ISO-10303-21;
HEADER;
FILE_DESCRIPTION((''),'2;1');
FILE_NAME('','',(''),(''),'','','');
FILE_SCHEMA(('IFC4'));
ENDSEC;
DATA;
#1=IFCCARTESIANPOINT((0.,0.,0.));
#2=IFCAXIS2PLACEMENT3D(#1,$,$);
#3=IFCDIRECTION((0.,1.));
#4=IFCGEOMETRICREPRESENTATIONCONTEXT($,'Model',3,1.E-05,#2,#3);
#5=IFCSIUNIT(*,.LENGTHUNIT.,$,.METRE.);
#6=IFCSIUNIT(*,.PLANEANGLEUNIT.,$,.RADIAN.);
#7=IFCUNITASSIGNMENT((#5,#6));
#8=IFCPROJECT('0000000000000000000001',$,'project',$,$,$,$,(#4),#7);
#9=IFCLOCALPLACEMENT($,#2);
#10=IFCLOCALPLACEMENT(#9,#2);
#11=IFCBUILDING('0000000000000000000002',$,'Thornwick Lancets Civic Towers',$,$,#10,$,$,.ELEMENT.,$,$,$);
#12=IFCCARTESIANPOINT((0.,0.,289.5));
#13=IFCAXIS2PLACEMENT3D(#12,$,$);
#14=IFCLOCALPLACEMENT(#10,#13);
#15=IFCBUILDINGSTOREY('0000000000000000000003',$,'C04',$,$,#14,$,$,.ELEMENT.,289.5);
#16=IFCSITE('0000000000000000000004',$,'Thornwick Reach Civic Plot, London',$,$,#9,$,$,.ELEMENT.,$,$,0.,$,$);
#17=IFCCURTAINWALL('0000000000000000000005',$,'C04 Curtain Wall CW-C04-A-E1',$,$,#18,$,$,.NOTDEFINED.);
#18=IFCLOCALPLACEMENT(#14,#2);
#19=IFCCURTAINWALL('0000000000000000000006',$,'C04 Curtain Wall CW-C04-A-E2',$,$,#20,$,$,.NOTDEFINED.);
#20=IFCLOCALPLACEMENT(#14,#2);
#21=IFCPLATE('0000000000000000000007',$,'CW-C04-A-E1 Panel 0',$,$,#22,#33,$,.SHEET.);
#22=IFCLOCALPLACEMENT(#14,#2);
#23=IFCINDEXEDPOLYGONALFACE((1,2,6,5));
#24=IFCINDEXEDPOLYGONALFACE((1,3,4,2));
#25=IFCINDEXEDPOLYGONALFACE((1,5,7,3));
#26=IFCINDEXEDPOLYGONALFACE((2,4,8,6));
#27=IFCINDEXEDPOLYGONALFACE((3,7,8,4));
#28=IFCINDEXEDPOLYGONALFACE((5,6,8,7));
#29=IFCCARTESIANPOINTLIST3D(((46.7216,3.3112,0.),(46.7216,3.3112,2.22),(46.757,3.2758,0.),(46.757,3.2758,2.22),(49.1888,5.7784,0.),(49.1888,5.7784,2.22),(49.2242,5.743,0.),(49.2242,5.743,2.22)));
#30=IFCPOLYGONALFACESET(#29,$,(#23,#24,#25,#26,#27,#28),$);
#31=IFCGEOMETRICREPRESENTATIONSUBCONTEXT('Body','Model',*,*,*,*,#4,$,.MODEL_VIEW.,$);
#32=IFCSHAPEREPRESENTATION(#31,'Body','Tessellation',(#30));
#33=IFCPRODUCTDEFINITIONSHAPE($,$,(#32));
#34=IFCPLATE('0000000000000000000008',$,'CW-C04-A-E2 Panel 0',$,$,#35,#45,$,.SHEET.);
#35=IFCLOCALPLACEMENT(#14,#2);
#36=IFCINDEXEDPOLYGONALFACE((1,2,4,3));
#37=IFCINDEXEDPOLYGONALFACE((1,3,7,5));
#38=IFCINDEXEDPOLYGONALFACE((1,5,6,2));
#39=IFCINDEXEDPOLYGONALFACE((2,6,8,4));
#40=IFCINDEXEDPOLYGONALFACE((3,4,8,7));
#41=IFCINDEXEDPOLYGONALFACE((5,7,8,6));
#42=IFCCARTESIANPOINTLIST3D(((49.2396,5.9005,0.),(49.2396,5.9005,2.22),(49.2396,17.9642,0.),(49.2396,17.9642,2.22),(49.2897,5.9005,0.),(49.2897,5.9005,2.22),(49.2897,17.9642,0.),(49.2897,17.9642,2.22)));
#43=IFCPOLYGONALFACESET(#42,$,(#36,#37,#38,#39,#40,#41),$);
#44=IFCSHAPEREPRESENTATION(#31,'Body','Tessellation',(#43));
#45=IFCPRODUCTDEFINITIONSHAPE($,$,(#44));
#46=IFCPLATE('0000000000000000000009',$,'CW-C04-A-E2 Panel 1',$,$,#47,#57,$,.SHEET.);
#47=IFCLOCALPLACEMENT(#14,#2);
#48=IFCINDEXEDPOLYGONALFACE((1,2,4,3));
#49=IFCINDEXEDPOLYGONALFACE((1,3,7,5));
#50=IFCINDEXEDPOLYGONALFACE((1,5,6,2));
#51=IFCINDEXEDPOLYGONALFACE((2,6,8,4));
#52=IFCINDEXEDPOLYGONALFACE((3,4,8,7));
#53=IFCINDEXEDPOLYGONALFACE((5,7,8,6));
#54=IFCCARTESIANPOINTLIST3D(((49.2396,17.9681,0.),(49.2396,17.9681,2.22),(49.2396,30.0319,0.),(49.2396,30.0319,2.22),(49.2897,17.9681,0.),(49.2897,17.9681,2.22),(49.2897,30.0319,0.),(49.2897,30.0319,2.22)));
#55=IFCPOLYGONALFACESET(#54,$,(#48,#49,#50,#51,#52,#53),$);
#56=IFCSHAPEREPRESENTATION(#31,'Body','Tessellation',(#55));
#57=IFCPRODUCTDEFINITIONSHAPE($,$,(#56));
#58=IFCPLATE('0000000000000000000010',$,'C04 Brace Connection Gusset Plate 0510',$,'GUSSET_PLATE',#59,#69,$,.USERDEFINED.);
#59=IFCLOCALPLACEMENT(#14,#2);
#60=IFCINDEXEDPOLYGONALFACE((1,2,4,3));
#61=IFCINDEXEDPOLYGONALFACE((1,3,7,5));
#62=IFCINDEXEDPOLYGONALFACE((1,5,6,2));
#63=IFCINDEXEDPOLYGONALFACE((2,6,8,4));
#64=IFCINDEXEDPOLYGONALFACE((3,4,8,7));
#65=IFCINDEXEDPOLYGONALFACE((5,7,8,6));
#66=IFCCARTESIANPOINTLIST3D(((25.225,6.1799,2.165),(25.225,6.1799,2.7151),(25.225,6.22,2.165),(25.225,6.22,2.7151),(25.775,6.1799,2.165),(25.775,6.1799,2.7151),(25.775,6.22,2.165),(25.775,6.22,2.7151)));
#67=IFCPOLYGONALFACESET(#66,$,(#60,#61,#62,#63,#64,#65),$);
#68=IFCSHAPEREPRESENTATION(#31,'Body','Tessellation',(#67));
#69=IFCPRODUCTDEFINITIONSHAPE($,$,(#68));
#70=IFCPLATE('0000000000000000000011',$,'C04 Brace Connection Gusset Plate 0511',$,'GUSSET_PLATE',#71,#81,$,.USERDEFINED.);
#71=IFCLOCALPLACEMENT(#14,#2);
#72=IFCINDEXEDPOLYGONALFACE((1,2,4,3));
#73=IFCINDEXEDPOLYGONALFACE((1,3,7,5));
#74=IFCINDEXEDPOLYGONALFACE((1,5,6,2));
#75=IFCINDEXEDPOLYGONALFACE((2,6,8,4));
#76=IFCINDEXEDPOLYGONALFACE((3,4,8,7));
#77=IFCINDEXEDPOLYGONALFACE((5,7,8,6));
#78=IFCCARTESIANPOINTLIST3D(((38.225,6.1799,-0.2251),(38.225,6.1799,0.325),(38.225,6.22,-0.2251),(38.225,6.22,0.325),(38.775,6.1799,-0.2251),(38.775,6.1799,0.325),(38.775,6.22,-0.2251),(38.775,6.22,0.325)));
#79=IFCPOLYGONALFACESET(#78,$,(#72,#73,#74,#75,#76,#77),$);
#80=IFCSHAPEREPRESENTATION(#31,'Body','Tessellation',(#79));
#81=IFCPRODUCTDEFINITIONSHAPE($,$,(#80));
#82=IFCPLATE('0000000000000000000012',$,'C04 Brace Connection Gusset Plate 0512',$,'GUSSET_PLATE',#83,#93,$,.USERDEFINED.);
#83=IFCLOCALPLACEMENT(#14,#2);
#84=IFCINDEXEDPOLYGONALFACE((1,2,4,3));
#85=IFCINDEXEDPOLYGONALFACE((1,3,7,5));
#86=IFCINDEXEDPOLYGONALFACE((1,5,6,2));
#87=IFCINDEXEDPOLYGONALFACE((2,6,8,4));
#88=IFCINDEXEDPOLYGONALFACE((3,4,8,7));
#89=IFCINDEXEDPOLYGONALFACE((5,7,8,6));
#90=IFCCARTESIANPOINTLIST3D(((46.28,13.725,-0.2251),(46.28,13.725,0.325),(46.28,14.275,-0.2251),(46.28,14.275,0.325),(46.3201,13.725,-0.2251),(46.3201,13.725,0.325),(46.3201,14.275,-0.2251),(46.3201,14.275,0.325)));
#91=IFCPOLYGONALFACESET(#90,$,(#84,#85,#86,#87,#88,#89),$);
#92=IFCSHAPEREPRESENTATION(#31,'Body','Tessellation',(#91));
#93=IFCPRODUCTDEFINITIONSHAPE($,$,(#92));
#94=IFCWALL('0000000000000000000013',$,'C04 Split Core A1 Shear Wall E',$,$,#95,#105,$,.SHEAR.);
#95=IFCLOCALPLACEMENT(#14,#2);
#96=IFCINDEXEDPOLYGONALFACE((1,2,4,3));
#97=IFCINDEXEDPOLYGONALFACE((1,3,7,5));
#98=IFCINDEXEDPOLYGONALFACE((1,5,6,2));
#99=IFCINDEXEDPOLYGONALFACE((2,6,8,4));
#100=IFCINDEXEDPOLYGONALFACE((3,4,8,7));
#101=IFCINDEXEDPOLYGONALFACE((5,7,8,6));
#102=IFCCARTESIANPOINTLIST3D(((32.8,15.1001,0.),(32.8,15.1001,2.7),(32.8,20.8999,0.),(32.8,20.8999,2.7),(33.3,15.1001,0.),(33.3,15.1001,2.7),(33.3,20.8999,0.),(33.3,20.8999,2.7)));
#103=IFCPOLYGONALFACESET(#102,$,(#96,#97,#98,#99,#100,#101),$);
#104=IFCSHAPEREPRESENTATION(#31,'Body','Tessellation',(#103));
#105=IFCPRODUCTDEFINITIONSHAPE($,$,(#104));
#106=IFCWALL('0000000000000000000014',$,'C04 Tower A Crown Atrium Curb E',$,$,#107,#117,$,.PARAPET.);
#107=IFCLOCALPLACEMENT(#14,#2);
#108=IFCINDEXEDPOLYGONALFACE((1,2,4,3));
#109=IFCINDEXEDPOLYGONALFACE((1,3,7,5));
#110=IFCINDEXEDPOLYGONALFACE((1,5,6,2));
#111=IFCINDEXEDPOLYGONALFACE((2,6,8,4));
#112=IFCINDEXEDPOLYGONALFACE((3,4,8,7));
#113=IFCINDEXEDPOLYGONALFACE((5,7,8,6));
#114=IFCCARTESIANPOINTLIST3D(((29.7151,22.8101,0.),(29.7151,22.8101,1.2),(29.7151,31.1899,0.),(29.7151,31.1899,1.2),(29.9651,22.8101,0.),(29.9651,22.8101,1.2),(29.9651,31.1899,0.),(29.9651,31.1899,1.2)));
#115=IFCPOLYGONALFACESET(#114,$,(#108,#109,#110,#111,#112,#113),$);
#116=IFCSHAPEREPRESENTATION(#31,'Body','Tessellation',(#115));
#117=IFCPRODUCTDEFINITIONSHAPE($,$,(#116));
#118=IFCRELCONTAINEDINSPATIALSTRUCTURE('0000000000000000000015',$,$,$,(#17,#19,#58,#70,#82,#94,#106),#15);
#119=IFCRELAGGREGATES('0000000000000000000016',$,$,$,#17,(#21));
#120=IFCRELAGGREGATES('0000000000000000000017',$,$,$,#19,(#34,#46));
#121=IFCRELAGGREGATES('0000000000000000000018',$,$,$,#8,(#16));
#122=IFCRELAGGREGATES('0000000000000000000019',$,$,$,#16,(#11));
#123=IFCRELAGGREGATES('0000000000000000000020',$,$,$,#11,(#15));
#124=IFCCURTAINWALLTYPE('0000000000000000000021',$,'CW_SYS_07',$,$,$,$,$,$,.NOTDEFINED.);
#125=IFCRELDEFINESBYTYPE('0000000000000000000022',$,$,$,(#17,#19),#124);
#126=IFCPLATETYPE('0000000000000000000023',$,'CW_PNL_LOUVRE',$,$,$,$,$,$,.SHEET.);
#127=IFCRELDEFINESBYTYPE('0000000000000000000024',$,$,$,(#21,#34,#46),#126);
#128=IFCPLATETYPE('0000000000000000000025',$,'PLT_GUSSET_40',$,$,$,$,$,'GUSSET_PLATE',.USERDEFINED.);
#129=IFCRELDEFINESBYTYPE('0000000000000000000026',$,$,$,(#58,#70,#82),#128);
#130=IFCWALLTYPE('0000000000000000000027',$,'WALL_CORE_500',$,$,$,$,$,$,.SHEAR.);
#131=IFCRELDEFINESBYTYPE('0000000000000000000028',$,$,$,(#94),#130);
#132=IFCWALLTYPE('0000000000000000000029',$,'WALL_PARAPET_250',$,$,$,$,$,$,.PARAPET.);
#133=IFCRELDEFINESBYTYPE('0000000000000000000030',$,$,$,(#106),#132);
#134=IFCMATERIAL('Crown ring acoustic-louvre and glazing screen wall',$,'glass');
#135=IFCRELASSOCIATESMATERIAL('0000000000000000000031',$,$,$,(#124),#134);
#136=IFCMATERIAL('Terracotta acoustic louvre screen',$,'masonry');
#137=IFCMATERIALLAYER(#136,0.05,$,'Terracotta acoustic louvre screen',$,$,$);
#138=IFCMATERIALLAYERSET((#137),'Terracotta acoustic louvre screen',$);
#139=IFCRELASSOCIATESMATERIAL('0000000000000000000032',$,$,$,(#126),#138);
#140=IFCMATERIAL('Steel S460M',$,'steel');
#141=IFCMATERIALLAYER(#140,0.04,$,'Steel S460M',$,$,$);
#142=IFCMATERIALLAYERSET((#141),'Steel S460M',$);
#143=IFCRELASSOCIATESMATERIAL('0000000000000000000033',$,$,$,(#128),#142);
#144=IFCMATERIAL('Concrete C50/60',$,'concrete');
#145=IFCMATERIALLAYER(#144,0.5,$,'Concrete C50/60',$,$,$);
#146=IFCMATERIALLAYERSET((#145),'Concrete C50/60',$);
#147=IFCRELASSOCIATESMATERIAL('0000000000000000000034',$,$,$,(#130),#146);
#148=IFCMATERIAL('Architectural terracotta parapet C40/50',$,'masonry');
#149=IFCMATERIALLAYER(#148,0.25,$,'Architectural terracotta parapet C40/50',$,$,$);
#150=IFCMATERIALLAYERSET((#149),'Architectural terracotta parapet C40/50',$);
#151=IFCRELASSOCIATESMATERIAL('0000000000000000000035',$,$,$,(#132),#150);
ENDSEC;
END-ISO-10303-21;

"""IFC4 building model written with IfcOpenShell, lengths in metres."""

from ifc_helpers import new_model, si_unit, direction, frame, frame_2d, origin, origin_2d, place, context, subcontext, project, spatial, rectangle, extrude, material, layer, layer_set, type_object, element, aggregate, save


model = new_model("IFC4")

# Units and contexts
model_context = context("Model", 3, precision=1e-05, world=origin(), true_north=direction((0.0, 1.0)))
body_context = subcontext(model_context, "Body", "Model", "MODEL_VIEW")
ifc_project = project(units=[si_unit("LENGTHUNIT", "METRE"), si_unit("PLANEANGLEUNIT", "RADIAN")], contexts=[model_context])

# Site, building, storey
site_placement = place(None, origin())
site = spatial("IfcSite", under=ifc_project, at=site_placement, Name="Thornwick Reach Civic Plot, London", CompositionType="ELEMENT", RefElevation=0.0)
building_placement = place(site_placement, origin())
building = spatial("IfcBuilding", under=site, at=building_placement, Name="Thornwick Lancets Civic Towers", CompositionType="ELEMENT")
storey_placement = place(building_placement, frame((0.0, 0.0, 289.5)))
storey = spatial("IfcBuildingStorey", under=building, at=storey_placement, Name="C04", CompositionType="ELEMENT", Elevation=289.5)

# Curtain walls
ifc_material_1 = material(Name="Crown ring acoustic-louvre and glazing screen wall", Category="glass")
curtain_wall_type = type_object("IfcCurtainWallType", Name="CW_SYS_07", PredefinedType="NOTDEFINED", material=ifc_material_1)
curtain_wall_1_placement = place(storey_placement, origin())
curtain_wall_1 = element("IfcCurtainWall", 1, at=curtain_wall_1_placement, inside=storey, type_object=curtain_wall_type, Name="C04 Curtain Wall CW-C04-A-E1", PredefinedType="NOTDEFINED")
curtain_wall_2_placement = place(storey_placement, origin())
curtain_wall_2 = element("IfcCurtainWall", 2, at=curtain_wall_2_placement, inside=storey, type_object=curtain_wall_type, Name="C04 Curtain Wall CW-C04-A-E2", PredefinedType="NOTDEFINED")

# Plates
ifc_material_2 = material(Name="Terracotta acoustic louvre screen", Category="masonry")
ifc_layer_1 = layer(ifc_material_2, 0.05, Name="Terracotta acoustic louvre screen")
ifc_layer_set_1 = layer_set([ifc_layer_1], Name="Terracotta acoustic louvre screen")
plate_type_1 = type_object("IfcPlateType", Name="CW_PNL_LOUVRE", PredefinedType="SHEET", material=ifc_layer_set_1)
plate_1_placement = place(storey_placement, frame((47.9729, 4.5271, 0.0), z_axis=(0.0, 0.0, 1.0), x_axis=(0.707107, 0.707107, 0.0)))
plate_1 = element("IfcPlate", 3, at=plate_1_placement, type_object=plate_type_1, Name="CW-C04-A-E1 Panel 0", PredefinedType="SHEET", context=body_context, shape_type="SweptSolid", body=[
    extrude(rectangle(XDim=3.4893, YDim=0.05, at=origin_2d()), origin(), (0.0, 0.0, 1.0), 2.22),
])
aggregate(curtain_wall_1, [plate_1])
plate_2_placement = place(storey_placement, frame((49.2646, 11.9324, 0.0), z_axis=(0.0, 0.0, 1.0), x_axis=(0.0, 1.0, 0.0)))
plate_2 = element("IfcPlate", 4, at=plate_2_placement, type_object=plate_type_1, Name="CW-C04-A-E2 Panel 0", PredefinedType="SHEET", context=body_context, shape_type="SweptSolid", body=[
    extrude(rectangle(XDim=12.0637, YDim=0.05, at=origin_2d()), origin(), (0.0, 0.0, 1.0), 2.22),
])
plate_3_placement = place(storey_placement, frame((49.2646, 24.0, 0.0), z_axis=(0.0, 0.0, 1.0), x_axis=(0.0, 1.0, 0.0)))
plate_3 = element("IfcPlate", 5, at=plate_3_placement, type_object=plate_type_1, Name="CW-C04-A-E2 Panel 1", PredefinedType="SHEET", context=body_context, shape_type="SweptSolid", body=[
    extrude(rectangle(XDim=12.0637, YDim=0.05, at=origin_2d()), origin(), (0.0, 0.0, 1.0), 2.22),
])
aggregate(curtain_wall_2, [plate_2, plate_3])

# Plates
ifc_material_3 = material(Name="Steel S460M", Category="steel")
ifc_layer_2 = layer(ifc_material_3, 0.04, Name="Steel S460M")
ifc_layer_set_2 = layer_set([ifc_layer_2], Name="Steel S460M")
plate_type_2 = type_object("IfcPlateType", Name="PLT_GUSSET_40", ElementType="GUSSET_PLATE", PredefinedType="USERDEFINED", material=ifc_layer_set_2)
for number, where, z_axis, x_axis, name in (
    (6, (25.5, 6.2, 2.165), (0.0, 0.0, 1.0), (1.0, 0.0, 0.0), "C04 Brace Connection Gusset Plate 0510"),
    (7, (38.5, 6.2, -0.2251), (0.0, 0.0, 1.0), (-1.0, 0.0, 0.0), "C04 Brace Connection Gusset Plate 0511"),
    (8, (46.3, 14.0, -0.2251), (0.0, 0.0, 1.0), (0.0, 1.0, 0.0), "C04 Brace Connection Gusset Plate 0512"),
):
    element("IfcPlate", number, at=place(storey_placement, frame(where, z_axis=z_axis, x_axis=x_axis)), inside=storey, type_object=plate_type_2, Name=name, ObjectType="GUSSET_PLATE", PredefinedType="USERDEFINED", context=body_context, shape_type="SweptSolid", body=[
        extrude(rectangle(XDim=0.55, YDim=0.04, at=origin_2d()), origin(), (0.0, 0.0, 1.0), 0.55),
    ])

# Walls
ifc_material_4 = material(Name="Concrete C50/60", Category="concrete")
ifc_layer_3 = layer(ifc_material_4, 0.5, Name="Concrete C50/60")
ifc_layer_set_3 = layer_set([ifc_layer_3], Name="Concrete C50/60")
wall_type_1 = type_object("IfcWallType", Name="WALL_CORE_500", PredefinedType="SHEAR", material=ifc_layer_set_3)
wall_1_placement = place(storey_placement, frame((33.05, 15.1001, 0.0), z_axis=(0.0, 0.0, 1.0), x_axis=(0.0, 1.0, 0.0)))
element("IfcWall", 9, at=wall_1_placement, inside=storey, type_object=wall_type_1, Name="C04 Split Core A1 Shear Wall E", PredefinedType="SHEAR", context=body_context, shape_type="SweptSolid", body=[
    extrude(rectangle(XDim=5.7998, YDim=0.5, at=frame_2d((2.8999, 0.0))), origin(), (0.0, 0.0, 1.0), 2.7),
])
ifc_material_5 = material(Name="Architectural terracotta parapet C40/50", Category="masonry")
ifc_layer_4 = layer(ifc_material_5, 0.25, Name="Architectural terracotta parapet C40/50")
ifc_layer_set_4 = layer_set([ifc_layer_4], Name="Architectural terracotta parapet C40/50")
wall_type_2 = type_object("IfcWallType", Name="WALL_PARAPET_250", PredefinedType="PARAPET", material=ifc_layer_set_4)
wall_2_placement = place(storey_placement, frame((29.8401, 22.8101, 0.0), z_axis=(0.0, 0.0, 1.0), x_axis=(0.0, 1.0, 0.0)))
element("IfcWall", 10, at=wall_2_placement, inside=storey, type_object=wall_type_2, Name="C04 Tower A Crown Atrium Curb E", PredefinedType="PARAPET", context=body_context, shape_type="SweptSolid", body=[
    extrude(rectangle(XDim=8.3799, YDim=0.25, at=frame_2d((4.1899, 0.0))), origin(), (0.0, 0.0, 1.0), 1.2),
])

save(model, "model.ifc")
